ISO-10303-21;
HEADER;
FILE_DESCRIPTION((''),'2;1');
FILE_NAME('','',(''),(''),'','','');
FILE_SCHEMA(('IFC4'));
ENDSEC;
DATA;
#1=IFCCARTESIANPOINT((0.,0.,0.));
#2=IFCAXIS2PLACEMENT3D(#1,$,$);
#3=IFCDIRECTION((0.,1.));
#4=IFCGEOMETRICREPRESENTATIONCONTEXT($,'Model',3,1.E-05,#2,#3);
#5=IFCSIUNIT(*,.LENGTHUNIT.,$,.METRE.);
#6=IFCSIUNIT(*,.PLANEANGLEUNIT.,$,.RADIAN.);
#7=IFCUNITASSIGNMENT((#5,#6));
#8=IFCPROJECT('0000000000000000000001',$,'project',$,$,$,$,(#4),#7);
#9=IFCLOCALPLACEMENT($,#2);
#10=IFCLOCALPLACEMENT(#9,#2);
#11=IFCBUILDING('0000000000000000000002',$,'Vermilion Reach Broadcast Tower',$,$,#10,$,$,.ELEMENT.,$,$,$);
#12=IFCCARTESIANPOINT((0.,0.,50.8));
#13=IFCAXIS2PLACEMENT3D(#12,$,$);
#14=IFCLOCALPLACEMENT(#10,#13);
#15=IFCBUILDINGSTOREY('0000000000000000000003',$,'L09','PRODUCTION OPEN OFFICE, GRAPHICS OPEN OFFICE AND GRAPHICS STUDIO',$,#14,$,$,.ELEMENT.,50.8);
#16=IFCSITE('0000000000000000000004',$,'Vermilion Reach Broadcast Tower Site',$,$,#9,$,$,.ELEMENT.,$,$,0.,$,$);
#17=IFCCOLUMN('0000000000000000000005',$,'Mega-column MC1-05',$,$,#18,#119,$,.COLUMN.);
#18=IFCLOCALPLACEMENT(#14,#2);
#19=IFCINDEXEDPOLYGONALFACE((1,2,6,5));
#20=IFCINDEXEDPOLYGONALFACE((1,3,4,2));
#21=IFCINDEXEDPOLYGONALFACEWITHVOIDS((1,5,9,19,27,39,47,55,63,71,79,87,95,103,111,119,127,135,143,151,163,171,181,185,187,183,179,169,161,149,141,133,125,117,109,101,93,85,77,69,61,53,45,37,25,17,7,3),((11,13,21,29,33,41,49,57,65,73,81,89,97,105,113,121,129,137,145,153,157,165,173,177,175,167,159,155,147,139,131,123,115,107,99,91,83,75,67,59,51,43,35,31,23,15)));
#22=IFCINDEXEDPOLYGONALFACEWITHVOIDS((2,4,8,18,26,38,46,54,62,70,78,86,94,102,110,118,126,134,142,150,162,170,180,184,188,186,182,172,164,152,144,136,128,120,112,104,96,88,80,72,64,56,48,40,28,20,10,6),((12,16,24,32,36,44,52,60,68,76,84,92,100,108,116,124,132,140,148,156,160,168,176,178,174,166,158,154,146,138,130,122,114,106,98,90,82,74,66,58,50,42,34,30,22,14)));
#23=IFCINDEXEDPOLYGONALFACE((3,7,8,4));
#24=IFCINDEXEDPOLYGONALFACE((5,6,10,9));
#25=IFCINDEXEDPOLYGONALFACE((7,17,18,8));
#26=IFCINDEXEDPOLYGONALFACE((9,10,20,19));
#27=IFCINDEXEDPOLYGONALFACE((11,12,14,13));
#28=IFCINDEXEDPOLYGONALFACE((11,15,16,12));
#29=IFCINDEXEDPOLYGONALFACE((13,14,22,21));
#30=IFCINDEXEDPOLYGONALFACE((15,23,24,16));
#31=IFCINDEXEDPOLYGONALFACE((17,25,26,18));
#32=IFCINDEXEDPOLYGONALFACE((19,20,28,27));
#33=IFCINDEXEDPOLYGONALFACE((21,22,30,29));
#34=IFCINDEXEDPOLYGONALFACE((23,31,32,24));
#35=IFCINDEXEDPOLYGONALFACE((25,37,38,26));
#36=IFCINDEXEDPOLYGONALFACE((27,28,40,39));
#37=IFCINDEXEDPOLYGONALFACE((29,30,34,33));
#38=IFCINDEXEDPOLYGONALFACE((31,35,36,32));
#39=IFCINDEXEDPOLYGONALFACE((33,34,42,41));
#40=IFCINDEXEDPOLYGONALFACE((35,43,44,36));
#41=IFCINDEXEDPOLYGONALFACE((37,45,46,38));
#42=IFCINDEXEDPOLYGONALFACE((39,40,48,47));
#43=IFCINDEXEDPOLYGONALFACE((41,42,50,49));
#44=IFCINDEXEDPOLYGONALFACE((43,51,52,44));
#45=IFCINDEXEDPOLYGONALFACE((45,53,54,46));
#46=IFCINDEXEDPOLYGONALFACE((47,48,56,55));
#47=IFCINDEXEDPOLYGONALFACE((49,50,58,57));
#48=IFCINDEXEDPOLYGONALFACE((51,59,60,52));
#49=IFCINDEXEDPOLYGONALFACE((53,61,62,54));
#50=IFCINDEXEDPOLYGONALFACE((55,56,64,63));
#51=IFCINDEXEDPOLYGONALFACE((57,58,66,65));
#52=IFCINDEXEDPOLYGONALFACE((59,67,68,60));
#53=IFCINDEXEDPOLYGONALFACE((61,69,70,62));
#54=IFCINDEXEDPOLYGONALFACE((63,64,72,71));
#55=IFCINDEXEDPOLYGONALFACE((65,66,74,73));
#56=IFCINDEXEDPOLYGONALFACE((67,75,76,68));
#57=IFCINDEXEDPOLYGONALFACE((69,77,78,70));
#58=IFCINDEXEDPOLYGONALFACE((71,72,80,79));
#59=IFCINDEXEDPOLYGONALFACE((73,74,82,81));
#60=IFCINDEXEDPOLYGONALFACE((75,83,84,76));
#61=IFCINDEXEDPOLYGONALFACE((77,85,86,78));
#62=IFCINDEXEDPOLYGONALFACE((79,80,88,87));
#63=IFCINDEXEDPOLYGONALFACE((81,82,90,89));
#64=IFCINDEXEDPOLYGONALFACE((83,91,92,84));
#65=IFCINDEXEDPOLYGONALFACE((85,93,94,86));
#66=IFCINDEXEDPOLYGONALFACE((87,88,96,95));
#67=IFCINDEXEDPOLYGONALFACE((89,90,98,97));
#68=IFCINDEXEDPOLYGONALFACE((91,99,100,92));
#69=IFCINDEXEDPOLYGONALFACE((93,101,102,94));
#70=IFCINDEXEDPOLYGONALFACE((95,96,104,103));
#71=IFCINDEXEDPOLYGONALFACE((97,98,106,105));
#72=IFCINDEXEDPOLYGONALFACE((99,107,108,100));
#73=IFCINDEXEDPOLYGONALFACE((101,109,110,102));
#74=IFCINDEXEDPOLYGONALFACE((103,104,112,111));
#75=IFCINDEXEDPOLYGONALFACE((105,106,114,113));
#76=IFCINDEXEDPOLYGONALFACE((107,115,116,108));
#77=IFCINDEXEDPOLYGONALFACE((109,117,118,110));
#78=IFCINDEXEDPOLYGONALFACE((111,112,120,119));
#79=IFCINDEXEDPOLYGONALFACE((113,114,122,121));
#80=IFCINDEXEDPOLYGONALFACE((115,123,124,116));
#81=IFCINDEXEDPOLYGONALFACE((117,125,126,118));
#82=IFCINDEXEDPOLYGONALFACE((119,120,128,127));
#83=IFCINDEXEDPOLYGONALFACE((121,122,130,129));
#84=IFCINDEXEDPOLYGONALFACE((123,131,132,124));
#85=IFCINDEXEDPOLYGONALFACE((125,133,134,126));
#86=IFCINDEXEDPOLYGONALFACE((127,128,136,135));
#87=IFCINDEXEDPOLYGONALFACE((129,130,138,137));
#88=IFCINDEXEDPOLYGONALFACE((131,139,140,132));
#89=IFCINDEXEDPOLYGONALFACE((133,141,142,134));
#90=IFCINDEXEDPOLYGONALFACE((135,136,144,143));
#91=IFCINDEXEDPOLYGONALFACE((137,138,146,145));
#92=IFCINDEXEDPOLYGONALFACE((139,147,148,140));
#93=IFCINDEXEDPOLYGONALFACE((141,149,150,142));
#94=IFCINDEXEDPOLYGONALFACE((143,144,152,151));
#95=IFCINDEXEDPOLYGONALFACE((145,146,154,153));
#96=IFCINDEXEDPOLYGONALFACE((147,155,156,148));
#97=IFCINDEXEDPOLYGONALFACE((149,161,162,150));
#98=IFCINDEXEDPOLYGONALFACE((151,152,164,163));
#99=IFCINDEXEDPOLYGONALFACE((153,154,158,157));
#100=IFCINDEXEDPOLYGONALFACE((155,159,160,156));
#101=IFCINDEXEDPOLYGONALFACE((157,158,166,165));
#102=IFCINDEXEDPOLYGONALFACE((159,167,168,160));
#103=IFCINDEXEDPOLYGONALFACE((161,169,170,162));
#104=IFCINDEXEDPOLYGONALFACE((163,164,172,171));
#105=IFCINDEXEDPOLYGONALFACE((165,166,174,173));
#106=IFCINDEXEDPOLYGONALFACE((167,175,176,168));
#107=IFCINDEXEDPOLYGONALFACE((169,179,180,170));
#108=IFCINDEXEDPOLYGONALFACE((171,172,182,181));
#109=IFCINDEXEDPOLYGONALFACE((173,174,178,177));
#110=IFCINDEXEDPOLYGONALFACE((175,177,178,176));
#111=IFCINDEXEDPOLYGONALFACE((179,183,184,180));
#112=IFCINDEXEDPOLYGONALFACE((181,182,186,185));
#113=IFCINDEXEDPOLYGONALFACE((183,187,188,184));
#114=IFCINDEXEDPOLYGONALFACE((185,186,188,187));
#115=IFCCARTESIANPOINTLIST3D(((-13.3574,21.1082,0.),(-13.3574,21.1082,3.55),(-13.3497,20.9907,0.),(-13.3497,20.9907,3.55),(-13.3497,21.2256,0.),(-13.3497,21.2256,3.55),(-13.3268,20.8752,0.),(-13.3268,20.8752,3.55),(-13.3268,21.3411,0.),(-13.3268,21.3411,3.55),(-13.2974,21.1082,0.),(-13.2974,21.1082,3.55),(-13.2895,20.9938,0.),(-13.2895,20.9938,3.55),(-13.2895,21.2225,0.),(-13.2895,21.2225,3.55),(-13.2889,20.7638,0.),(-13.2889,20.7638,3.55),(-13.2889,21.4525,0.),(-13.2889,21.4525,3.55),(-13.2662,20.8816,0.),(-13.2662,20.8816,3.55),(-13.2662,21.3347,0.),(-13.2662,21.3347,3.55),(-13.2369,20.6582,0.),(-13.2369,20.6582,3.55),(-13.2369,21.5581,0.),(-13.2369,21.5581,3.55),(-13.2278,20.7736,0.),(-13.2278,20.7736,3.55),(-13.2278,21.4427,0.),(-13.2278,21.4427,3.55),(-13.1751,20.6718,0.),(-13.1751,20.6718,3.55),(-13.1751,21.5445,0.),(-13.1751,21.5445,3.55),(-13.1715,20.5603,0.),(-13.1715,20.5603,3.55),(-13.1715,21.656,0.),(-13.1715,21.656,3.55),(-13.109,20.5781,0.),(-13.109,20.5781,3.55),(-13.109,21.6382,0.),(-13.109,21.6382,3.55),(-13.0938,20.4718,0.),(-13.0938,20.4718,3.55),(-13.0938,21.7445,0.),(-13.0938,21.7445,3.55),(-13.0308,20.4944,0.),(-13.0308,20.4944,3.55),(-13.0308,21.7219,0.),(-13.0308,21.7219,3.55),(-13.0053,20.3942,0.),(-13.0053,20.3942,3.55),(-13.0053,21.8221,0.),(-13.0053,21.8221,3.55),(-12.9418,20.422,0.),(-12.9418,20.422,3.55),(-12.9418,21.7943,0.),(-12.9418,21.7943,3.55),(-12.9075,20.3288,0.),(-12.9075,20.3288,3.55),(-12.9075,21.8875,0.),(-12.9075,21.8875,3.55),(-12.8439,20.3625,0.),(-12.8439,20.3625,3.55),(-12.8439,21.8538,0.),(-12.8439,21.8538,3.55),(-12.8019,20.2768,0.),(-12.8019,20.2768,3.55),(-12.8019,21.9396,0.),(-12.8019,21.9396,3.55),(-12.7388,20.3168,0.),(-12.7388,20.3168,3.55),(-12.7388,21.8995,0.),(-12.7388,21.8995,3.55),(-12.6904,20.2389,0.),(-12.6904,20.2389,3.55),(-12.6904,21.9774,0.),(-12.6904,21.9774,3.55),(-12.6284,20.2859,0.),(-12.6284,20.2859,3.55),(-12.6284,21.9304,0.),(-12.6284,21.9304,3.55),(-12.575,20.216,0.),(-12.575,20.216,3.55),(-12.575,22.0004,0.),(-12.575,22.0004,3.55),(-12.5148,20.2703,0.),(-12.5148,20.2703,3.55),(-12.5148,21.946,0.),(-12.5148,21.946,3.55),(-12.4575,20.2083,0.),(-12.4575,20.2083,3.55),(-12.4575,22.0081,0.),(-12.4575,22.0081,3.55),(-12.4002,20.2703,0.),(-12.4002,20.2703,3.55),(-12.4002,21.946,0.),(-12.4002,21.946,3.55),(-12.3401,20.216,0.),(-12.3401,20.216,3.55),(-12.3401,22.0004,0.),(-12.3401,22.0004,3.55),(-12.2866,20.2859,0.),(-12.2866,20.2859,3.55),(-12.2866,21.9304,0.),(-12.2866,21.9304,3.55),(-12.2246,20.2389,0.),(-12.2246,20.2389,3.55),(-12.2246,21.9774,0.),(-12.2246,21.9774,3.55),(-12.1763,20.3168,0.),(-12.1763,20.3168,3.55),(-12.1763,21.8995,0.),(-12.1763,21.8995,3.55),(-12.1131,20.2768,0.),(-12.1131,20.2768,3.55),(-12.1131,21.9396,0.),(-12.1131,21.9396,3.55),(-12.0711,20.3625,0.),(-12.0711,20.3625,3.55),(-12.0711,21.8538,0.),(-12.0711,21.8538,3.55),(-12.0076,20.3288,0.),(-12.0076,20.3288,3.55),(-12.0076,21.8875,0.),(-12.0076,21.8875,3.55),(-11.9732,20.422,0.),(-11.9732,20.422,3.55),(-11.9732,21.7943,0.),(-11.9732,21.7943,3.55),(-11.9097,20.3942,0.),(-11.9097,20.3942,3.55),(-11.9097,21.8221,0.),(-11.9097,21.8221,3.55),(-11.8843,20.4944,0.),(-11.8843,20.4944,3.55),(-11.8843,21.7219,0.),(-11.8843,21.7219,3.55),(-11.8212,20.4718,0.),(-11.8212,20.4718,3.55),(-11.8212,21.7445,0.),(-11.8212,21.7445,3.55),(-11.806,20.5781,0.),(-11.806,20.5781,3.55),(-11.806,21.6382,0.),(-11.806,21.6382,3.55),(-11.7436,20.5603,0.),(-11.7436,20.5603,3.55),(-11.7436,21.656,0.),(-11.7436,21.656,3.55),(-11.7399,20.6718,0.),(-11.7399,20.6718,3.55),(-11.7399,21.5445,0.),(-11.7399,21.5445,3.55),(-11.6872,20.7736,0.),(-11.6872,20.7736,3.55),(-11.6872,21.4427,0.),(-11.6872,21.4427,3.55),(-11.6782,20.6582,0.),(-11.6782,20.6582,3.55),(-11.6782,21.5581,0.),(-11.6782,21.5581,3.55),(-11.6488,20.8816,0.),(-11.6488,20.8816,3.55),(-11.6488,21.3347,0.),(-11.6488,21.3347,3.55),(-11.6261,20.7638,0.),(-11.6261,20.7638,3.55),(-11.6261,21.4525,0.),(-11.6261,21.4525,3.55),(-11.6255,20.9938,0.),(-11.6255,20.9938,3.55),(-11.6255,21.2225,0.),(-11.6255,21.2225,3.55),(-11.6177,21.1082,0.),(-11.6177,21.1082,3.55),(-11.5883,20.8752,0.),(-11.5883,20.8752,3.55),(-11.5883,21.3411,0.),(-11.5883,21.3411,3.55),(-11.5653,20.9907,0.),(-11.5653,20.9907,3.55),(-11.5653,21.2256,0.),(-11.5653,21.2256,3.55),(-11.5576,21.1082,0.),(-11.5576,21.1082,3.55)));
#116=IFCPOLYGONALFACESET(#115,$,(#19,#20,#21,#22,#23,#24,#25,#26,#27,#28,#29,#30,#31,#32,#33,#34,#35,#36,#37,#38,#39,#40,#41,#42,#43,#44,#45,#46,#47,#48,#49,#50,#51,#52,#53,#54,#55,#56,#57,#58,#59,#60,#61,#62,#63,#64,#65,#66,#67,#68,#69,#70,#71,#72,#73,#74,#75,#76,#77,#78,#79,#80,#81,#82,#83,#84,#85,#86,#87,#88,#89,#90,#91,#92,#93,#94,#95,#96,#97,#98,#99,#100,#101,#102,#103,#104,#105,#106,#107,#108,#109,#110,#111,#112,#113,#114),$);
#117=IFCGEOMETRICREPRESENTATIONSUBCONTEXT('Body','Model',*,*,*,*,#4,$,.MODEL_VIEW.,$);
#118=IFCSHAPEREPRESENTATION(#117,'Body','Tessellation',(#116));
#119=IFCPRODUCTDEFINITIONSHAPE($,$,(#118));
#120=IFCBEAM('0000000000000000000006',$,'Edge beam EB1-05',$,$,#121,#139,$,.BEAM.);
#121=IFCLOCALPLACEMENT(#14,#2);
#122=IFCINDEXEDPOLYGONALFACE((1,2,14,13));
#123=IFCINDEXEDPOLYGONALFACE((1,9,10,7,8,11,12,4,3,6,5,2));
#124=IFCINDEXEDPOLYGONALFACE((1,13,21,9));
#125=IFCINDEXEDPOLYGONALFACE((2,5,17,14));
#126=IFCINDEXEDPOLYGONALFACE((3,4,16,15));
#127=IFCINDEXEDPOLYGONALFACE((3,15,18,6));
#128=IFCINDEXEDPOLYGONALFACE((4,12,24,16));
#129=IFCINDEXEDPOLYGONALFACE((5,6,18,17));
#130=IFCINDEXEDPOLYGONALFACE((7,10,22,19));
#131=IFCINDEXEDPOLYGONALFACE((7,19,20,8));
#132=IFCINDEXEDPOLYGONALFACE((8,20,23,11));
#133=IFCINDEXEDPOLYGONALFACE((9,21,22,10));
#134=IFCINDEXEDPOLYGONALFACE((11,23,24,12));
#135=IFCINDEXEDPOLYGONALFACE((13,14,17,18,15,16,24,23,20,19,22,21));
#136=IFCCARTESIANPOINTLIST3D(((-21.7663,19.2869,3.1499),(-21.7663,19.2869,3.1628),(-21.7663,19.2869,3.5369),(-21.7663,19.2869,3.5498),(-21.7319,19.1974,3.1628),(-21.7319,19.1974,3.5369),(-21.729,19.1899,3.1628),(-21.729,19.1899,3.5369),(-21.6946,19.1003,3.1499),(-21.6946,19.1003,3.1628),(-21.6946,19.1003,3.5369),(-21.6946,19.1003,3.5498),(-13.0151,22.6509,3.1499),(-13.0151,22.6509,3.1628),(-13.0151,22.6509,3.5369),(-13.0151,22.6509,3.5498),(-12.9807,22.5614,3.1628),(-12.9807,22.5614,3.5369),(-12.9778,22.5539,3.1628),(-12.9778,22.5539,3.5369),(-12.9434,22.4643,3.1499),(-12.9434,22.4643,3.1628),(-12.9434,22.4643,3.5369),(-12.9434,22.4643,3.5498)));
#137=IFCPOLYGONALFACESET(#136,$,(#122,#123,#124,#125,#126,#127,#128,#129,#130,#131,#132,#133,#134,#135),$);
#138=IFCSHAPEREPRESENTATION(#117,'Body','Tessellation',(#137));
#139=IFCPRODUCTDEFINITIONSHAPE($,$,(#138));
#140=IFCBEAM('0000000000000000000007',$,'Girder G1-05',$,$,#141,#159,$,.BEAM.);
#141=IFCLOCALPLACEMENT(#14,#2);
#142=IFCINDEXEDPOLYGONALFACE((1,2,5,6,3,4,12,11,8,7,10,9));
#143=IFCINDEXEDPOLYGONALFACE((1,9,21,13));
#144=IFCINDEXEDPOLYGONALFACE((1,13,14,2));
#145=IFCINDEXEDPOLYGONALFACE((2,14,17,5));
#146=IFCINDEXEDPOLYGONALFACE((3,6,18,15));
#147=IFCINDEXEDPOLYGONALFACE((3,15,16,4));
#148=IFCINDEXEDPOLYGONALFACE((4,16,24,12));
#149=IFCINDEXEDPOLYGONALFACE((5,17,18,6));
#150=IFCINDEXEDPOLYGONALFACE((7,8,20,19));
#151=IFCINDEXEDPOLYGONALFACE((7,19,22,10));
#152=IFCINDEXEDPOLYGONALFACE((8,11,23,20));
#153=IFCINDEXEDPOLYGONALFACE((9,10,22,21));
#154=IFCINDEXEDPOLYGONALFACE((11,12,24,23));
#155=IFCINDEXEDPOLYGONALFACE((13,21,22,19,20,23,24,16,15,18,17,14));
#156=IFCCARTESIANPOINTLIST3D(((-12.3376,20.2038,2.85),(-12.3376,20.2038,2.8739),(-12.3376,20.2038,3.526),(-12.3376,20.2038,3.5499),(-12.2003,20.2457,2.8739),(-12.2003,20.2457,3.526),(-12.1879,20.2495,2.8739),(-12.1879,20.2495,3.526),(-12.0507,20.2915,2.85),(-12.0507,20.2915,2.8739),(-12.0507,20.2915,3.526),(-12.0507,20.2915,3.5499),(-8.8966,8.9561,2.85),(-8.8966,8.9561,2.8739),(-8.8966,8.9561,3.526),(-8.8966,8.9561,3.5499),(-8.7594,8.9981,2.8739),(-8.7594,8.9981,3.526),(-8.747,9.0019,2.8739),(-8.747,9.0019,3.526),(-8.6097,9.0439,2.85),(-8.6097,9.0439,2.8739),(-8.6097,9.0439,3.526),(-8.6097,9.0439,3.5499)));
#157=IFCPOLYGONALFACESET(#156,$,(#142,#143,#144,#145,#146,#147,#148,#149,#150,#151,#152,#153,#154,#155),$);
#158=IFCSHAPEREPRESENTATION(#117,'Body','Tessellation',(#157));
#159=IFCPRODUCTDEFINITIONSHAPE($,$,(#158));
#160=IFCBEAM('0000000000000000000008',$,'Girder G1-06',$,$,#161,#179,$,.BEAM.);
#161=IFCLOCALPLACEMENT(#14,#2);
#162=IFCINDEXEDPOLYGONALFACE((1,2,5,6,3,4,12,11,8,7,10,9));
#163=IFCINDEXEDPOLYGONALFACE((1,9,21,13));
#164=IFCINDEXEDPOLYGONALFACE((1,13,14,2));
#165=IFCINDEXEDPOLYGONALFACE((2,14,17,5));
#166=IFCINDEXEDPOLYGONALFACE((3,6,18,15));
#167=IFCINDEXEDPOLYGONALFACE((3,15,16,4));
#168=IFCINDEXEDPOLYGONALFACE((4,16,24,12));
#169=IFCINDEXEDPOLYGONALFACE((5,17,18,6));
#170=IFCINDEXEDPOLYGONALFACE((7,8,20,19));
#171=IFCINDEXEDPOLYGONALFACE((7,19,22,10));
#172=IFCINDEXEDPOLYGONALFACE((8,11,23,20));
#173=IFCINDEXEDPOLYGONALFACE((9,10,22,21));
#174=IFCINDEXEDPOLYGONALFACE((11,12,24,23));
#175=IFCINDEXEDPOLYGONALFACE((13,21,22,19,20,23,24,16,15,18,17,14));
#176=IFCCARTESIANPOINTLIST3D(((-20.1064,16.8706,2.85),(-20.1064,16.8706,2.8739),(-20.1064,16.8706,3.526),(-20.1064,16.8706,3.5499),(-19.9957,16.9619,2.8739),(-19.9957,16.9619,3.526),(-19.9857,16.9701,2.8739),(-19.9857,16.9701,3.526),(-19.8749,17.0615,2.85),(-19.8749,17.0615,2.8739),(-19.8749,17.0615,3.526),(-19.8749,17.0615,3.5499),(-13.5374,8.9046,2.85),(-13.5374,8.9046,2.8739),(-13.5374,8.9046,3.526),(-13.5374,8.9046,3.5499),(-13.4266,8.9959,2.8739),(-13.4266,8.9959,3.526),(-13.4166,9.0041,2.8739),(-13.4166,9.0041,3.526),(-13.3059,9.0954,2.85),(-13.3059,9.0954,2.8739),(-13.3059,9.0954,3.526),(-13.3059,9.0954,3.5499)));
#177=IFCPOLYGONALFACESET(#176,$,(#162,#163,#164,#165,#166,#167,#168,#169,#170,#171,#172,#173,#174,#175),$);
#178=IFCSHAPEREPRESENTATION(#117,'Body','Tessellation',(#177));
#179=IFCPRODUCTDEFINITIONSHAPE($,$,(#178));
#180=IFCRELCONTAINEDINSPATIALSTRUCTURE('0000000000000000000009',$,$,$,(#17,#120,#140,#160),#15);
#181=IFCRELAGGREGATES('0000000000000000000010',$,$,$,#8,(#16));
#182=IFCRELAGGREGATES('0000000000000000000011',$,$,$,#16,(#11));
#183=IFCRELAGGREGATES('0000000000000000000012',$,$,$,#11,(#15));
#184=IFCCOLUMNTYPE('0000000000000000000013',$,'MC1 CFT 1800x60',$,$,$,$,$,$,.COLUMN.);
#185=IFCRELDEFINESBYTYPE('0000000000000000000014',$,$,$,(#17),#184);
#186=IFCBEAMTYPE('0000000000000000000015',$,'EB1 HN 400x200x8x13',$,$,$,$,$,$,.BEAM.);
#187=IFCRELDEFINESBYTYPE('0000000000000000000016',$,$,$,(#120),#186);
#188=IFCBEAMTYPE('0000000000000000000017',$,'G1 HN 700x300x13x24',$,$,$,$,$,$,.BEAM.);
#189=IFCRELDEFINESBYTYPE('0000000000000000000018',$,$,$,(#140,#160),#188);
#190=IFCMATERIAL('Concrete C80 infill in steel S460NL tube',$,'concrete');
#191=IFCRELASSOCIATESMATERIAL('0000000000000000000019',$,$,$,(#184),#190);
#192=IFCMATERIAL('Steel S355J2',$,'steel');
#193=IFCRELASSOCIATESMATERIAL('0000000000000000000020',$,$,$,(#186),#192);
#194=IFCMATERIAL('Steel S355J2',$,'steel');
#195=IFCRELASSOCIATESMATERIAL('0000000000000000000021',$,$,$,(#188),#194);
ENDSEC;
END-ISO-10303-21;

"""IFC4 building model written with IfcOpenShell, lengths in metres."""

from ifc_helpers import new_model, si_unit, direction, frame, origin, origin_2d, place, context, subcontext, project, spatial, hollow_circle, i_section, extrude, material, material_profile, profile_set, type_object, element, save


model = new_model("IFC4")

# Units and contexts
model_context = context("Model", 3, precision=1e-05, world=origin(), true_north=direction((0.0, 1.0)))
body_context = subcontext(model_context, "Body", "Model", "MODEL_VIEW")
ifc_project = project(units=[si_unit("LENGTHUNIT", "METRE"), si_unit("PLANEANGLEUNIT", "RADIAN")], contexts=[model_context])

# Site, building, storey
site_placement = place(None, origin())
site = spatial("IfcSite", under=ifc_project, at=site_placement, Name="Vermilion Reach Broadcast Tower Site", CompositionType="ELEMENT", RefElevation=0.0)
building_placement = place(site_placement, origin())
building = spatial("IfcBuilding", under=site, at=building_placement, Name="Vermilion Reach Broadcast Tower", CompositionType="ELEMENT")
storey_placement = place(building_placement, frame((0.0, 0.0, 50.8)))
storey = spatial("IfcBuildingStorey", under=building, at=storey_placement, Name="L09", Description="PRODUCTION OPEN OFFICE, GRAPHICS OPEN OFFICE AND GRAPHICS STUDIO", CompositionType="ELEMENT", Elevation=50.8)

# Column
ifc_material_1 = material(Name="Concrete C80 infill in steel S460NL tube", Category="concrete")
ifc_material_profile_1 = material_profile(ifc_material_1, hollow_circle(Radius=0.8999, WallThickness=0.0601, at=origin_2d()), Name="Concrete C80 infill in steel S460NL tube CFT 1800x60")
ifc_profile_set_1 = profile_set([ifc_material_profile_1], Name="Concrete C80 infill in steel S460NL tube")
column_type = type_object("IfcColumnType", Name="MC1 CFT 1800x60", PredefinedType="COLUMN", material=ifc_profile_set_1)
column_placement = place(storey_placement, frame((-12.4575, 21.1082, 0.0), z_axis=(0.0, 0.0, 1.0), x_axis=(1.0, 0.0, 0.0)))
element("IfcColumn", 1, at=column_placement, inside=storey, type_object=column_type, Name="Mega-column MC1-05", PredefinedType="COLUMN", context=body_context, shape_type="SweptSolid", body=[
    extrude(hollow_circle(Radius=0.8999, WallThickness=0.0601, at=origin_2d()), origin(), (0.0, 0.0, 1.0), 3.55),
])

# Beams
ifc_material_2 = material(Name="Steel S355J2", Category="steel")
ifc_material_profile_2 = material_profile(ifc_material_2, i_section(OverallWidth=0.2, OverallDepth=0.3999, WebThickness=0.0081, FlangeThickness=0.0129, at=origin_2d()), Name="S355J2 HN 400x200x8x13")
ifc_profile_set_2 = profile_set([ifc_material_profile_2], Name="Steel S355J2")
beam_type_1 = type_object("IfcBeamType", Name="EB1 HN 400x200x8x13", PredefinedType="BEAM", material=ifc_profile_set_2)
beam_1_placement = place(storey_placement, frame((-12.9792, 22.5576, 3.3499), z_axis=(-0.933411, -0.358808, 0.0), x_axis=(0.358808, -0.933411, 0.0)))
element("IfcBeam", 2, at=beam_1_placement, inside=storey, type_object=beam_type_1, Name="Edge beam EB1-05", PredefinedType="BEAM", context=body_context, shape_type="SweptSolid", body=[
    extrude(i_section(OverallWidth=0.2, OverallDepth=0.3999, WebThickness=0.0081, FlangeThickness=0.0129, at=origin_2d()), origin(), (0.0, 0.0, 1.0), 9.3755),
])
ifc_material_3 = material(Name="Steel S355J2", Category="steel")
ifc_material_profile_3 = material_profile(ifc_material_3, i_section(OverallWidth=0.3, OverallDepth=0.7, WebThickness=0.0129, FlangeThickness=0.0239, at=origin_2d()), Name="S355J2 HN 700x300x13x24")
ifc_profile_set_3 = profile_set([ifc_material_profile_3], Name="Steel S355J2")
beam_type_2 = type_object("IfcBeamType", Name="G1 HN 700x300x13x24", PredefinedType="BEAM", material=ifc_profile_set_3)
beam_2_placement = place(storey_placement, frame((-8.7532, 9.0, 3.2), z_axis=(-0.292542, 0.956253, 0.0), x_axis=(-0.956253, -0.292542, 0.0)))
element("IfcBeam", 3, at=beam_2_placement, inside=storey, type_object=beam_type_2, Name="Girder G1-05", PredefinedType="BEAM", context=body_context, shape_type="SweptSolid", body=[
    extrude(i_section(OverallWidth=0.3, OverallDepth=0.7, WebThickness=0.0129, FlangeThickness=0.0239, at=origin_2d()), origin(), (0.0, 0.0, 1.0), 11.7622),
])
beam_3_placement = place(storey_placement, frame((-13.4216, 9.0, 3.2), z_axis=(-0.636215, 0.771512, 0.0), x_axis=(-0.771512, -0.636215, 0.0)))
element("IfcBeam", 4, at=beam_3_placement, inside=storey, type_object=beam_type_2, Name="Girder G1-06", PredefinedType="BEAM", context=body_context, shape_type="SweptSolid", body=[
    extrude(i_section(OverallWidth=0.3, OverallDepth=0.7, WebThickness=0.0129, FlangeThickness=0.0239, at=origin_2d()), origin(), (0.0, 0.0, 1.0), 10.3252),
])

save(model, "model.ifc")
